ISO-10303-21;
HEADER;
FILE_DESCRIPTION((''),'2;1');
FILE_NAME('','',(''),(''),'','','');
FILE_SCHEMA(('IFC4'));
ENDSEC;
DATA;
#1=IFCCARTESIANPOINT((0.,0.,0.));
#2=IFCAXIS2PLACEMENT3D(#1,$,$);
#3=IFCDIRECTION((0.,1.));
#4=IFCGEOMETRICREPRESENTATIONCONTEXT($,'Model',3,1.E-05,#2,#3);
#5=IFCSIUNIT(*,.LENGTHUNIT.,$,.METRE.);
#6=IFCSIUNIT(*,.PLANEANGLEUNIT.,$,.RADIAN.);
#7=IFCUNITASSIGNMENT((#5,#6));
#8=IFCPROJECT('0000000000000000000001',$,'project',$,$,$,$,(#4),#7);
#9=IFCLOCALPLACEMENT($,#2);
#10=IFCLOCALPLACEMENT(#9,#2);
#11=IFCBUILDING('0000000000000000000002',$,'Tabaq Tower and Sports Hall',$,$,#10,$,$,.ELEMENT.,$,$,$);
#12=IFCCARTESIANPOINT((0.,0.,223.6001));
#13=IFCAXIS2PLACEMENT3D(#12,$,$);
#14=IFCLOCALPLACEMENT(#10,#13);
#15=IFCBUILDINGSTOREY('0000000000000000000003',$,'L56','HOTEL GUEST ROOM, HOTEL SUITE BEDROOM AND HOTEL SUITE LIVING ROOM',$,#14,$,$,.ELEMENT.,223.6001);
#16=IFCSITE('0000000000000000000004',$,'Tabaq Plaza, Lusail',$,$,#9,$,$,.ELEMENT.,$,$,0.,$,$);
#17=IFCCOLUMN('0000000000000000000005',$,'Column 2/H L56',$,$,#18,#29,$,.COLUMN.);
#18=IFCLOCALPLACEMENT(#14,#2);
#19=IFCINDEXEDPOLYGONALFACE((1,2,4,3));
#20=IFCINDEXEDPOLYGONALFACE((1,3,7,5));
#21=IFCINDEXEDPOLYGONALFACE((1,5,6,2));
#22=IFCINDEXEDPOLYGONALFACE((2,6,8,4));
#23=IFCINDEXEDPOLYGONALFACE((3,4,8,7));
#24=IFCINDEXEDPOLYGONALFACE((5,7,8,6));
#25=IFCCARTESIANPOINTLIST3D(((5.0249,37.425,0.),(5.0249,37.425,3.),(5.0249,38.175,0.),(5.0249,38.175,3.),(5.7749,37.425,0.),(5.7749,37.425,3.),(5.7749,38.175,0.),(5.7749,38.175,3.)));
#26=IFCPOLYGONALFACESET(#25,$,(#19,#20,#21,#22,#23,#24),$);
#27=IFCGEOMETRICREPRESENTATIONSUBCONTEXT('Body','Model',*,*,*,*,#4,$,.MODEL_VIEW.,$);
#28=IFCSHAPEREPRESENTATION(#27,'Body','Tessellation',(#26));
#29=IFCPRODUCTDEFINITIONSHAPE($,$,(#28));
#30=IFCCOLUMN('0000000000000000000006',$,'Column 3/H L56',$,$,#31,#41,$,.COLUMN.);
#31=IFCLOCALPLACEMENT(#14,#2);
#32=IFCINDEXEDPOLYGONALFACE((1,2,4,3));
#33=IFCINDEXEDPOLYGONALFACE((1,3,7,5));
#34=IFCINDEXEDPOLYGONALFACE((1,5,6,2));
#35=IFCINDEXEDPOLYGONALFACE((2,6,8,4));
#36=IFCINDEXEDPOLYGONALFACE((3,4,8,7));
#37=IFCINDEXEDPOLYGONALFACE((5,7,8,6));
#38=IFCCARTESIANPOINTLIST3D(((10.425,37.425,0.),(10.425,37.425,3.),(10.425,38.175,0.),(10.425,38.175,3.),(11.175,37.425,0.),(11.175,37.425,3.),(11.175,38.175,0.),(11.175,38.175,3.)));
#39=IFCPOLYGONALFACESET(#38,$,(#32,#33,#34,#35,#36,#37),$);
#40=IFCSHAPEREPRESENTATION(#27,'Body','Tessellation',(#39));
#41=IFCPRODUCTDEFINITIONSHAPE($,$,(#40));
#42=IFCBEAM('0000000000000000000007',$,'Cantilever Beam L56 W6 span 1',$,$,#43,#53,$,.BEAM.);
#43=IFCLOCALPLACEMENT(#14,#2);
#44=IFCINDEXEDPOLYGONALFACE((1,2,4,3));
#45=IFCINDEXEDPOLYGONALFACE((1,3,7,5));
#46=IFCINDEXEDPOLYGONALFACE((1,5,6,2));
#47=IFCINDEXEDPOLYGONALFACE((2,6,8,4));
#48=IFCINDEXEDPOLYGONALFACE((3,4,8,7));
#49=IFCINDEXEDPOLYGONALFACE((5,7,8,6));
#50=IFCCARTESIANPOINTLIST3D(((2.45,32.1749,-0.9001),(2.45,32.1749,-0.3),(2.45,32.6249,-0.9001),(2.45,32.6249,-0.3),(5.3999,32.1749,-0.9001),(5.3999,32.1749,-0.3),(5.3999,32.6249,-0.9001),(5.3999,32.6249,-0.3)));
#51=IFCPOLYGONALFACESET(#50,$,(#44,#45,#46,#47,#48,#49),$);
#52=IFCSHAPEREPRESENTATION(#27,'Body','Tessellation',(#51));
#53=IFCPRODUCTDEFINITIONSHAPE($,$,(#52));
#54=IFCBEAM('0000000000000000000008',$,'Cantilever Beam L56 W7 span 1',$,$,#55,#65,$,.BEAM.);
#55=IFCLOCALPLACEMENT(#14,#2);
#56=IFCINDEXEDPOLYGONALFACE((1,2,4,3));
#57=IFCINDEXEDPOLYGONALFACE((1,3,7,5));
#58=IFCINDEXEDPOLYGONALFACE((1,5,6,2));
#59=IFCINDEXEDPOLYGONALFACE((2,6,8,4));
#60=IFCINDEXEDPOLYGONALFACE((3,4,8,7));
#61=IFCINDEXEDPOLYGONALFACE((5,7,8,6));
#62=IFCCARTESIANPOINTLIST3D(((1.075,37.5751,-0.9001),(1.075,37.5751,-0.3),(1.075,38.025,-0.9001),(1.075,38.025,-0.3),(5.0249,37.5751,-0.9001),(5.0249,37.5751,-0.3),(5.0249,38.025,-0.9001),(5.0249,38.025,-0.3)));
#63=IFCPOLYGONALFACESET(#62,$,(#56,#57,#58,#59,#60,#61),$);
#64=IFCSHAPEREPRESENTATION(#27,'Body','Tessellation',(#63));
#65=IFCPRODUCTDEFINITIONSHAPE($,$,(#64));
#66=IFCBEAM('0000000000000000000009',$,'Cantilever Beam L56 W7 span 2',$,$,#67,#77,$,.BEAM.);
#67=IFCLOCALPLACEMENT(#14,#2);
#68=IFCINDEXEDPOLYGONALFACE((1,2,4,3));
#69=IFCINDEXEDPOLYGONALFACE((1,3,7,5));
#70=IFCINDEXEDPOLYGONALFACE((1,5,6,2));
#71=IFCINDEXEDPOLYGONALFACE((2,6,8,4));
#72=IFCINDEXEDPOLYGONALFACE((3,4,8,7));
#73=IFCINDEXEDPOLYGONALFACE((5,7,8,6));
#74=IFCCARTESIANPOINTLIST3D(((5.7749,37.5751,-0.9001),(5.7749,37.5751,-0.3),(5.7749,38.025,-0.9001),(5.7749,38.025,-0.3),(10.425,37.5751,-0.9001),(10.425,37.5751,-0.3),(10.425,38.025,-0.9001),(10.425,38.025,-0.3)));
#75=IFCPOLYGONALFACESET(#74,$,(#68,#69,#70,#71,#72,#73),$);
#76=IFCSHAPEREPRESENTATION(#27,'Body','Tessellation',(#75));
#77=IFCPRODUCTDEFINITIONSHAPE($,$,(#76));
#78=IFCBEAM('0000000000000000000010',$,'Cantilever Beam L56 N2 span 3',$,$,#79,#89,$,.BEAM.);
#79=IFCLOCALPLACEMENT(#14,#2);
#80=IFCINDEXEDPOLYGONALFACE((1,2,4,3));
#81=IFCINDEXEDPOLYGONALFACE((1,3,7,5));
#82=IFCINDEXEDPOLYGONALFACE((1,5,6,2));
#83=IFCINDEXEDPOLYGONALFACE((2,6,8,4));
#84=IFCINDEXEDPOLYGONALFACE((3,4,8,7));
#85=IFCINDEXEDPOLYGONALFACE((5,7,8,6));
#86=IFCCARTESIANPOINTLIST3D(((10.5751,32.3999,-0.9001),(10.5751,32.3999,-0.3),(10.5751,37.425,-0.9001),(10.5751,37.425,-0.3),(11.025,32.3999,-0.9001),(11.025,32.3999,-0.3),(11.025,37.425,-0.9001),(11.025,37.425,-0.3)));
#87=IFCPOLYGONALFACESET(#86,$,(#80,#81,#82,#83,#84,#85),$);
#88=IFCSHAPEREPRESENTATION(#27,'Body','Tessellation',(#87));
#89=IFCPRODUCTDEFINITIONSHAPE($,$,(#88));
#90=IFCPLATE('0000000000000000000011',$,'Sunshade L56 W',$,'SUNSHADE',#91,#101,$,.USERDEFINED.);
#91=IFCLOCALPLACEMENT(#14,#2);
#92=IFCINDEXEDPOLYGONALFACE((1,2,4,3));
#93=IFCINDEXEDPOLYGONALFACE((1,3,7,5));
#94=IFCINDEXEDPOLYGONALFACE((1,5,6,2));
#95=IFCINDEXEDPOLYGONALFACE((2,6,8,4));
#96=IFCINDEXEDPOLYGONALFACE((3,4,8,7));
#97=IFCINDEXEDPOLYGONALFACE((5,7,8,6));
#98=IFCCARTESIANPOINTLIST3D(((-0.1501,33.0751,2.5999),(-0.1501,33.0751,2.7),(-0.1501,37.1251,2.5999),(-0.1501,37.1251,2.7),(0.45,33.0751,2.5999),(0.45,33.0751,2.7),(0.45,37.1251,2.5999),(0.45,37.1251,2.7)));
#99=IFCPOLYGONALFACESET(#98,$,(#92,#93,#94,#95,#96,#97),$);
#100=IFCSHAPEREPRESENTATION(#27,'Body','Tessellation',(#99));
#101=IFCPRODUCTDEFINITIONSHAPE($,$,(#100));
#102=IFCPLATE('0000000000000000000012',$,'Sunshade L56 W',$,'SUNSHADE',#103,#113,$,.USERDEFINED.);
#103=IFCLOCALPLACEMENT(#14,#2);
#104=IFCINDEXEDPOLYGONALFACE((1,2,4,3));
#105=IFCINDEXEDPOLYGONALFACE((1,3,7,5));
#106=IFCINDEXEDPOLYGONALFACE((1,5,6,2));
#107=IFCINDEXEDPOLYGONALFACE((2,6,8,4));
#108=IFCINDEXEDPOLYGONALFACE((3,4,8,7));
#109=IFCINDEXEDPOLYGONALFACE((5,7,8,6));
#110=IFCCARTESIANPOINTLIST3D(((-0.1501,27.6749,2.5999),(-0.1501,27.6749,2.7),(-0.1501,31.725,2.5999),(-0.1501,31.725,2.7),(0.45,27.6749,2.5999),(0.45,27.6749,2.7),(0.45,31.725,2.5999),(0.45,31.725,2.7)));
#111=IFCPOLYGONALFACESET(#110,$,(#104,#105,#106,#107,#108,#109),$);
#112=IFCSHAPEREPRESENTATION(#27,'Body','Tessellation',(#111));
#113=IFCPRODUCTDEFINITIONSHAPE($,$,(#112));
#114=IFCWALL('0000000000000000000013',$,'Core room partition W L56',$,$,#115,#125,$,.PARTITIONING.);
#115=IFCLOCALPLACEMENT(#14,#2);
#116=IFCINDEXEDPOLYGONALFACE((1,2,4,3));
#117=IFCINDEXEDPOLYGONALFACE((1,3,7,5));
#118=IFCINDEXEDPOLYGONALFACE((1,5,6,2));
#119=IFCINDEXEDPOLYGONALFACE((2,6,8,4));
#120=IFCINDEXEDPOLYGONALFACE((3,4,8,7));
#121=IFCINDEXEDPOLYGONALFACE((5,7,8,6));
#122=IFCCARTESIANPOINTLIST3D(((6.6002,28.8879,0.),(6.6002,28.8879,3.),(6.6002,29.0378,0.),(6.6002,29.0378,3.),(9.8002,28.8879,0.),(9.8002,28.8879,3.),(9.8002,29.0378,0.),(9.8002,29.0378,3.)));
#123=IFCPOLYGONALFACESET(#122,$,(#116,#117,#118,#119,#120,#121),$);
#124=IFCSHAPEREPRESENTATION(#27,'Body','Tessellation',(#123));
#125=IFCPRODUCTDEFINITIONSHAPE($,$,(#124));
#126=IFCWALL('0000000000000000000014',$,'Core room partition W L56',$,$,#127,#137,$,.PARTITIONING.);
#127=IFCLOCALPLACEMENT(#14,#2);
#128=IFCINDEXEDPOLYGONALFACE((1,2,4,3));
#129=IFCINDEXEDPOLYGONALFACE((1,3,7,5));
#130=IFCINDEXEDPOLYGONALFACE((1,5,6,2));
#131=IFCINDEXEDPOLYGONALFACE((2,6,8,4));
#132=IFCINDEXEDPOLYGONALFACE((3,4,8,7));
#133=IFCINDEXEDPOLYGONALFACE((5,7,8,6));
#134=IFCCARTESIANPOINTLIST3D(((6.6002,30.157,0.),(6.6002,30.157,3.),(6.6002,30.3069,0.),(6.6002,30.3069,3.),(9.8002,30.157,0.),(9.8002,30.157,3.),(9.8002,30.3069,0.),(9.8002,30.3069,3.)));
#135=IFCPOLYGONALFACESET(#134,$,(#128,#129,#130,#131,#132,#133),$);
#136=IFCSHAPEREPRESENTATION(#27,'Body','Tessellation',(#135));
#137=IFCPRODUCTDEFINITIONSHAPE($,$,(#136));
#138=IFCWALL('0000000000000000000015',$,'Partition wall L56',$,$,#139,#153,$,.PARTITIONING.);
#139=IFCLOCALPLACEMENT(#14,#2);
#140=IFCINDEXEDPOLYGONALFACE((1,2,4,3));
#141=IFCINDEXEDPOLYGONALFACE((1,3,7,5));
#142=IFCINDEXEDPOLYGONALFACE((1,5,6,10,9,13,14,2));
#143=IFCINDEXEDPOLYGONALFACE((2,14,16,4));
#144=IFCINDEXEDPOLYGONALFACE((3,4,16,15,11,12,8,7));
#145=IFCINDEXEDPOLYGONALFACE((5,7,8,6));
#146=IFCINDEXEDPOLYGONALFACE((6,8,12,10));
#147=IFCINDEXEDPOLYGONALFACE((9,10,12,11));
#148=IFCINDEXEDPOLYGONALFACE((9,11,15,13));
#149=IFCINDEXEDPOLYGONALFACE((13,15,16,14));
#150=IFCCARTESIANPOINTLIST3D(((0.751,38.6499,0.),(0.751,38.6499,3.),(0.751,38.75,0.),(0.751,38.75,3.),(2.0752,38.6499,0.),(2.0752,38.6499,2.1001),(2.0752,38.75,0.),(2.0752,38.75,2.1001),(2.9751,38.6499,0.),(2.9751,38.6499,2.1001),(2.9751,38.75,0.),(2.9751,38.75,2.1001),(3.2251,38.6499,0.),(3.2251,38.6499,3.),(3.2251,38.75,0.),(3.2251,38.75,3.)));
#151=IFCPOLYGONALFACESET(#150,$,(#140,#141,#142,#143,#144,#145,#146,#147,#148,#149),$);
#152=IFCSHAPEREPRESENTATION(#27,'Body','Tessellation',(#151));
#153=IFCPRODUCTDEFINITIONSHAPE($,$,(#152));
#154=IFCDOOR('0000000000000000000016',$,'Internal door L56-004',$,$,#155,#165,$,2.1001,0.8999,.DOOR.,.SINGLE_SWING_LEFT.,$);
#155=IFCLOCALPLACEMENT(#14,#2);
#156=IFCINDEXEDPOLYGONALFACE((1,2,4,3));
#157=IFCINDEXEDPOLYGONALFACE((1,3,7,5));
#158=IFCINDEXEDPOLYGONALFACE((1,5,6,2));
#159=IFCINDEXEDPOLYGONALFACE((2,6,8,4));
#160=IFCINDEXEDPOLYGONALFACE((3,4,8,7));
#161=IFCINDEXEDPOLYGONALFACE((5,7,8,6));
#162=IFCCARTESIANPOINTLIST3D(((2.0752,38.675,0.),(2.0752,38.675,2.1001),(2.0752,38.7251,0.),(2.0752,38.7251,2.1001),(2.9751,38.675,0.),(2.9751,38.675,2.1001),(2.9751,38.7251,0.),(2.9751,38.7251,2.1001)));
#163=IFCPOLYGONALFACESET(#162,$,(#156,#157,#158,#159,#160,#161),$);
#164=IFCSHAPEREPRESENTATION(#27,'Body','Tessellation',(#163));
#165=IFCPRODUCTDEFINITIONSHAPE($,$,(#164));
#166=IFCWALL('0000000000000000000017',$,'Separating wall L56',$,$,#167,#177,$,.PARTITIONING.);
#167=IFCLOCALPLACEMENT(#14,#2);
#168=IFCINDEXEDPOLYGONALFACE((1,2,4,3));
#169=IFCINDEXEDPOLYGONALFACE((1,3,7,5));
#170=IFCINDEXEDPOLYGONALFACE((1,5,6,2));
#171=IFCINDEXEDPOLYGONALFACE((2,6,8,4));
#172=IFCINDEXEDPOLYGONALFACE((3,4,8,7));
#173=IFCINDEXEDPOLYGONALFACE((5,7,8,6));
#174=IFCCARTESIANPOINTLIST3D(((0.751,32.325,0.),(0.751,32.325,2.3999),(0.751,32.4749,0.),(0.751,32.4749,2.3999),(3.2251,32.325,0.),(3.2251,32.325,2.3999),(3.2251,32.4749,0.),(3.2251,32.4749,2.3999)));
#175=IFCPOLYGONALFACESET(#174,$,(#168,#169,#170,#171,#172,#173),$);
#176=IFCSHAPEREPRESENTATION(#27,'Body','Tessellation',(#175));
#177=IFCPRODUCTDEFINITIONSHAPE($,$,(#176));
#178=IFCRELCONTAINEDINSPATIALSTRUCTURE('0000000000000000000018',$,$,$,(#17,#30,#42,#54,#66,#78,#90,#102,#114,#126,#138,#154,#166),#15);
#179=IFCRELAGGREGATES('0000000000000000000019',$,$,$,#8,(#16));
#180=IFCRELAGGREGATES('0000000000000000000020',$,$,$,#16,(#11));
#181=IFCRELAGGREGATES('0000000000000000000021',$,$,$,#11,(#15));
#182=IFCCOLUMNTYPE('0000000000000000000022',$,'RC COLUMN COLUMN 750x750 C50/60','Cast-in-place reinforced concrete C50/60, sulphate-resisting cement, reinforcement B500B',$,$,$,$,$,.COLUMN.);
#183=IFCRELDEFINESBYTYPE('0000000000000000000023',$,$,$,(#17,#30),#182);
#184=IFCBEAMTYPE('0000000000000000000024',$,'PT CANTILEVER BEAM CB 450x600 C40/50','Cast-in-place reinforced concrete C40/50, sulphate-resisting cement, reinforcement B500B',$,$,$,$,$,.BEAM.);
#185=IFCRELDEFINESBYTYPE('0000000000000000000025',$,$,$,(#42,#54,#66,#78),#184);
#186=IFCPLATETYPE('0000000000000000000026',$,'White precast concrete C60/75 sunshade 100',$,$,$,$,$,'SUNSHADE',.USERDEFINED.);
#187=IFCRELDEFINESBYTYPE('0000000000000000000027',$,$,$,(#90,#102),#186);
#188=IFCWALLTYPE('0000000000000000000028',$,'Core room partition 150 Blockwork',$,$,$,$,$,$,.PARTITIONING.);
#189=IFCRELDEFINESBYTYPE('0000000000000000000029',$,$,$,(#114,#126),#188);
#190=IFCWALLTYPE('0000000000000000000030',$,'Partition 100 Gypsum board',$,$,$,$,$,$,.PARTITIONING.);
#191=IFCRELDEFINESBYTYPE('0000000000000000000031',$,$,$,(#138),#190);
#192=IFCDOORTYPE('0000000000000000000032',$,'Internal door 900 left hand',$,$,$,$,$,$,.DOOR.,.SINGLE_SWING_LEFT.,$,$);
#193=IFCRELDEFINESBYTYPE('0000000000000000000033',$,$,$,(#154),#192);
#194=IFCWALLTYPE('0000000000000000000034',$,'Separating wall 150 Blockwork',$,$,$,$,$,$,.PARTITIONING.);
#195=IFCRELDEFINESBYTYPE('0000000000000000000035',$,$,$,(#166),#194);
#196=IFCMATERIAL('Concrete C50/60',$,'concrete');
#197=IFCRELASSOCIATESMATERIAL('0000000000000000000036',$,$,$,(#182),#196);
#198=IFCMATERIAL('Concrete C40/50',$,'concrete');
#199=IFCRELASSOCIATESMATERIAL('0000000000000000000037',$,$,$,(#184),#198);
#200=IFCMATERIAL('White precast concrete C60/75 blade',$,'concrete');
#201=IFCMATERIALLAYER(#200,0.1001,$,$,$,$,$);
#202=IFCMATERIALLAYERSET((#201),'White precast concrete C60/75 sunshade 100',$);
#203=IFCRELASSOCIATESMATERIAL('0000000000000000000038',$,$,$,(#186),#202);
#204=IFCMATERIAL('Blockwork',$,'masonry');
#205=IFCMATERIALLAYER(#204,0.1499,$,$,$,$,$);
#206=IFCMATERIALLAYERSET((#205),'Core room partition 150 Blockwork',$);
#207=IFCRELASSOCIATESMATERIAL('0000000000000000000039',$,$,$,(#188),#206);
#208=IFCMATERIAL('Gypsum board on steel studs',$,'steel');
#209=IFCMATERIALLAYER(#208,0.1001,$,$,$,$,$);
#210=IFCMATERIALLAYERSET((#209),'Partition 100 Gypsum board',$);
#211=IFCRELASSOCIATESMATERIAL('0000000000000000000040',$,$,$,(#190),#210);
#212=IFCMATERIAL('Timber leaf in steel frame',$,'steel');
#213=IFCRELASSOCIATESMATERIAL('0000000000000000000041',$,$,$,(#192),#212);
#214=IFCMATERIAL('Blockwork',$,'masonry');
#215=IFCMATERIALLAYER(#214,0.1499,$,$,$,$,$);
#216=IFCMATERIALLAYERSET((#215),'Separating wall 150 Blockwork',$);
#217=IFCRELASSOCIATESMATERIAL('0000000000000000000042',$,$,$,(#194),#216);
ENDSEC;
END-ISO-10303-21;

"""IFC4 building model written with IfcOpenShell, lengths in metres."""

from ifc_helpers import new_model, si_unit, direction, frame, frame_2d, origin, origin_2d, place, context, subcontext, project, spatial, rectangle, extrude, material, layer, layer_set, material_profile, profile_set, type_object, element, fill, save


model = new_model("IFC4")

# Units and contexts
model_context = context("Model", 3, precision=1e-05, world=origin(), true_north=direction((0.0, 1.0)))
body_context = subcontext(model_context, "Body", "Model", "MODEL_VIEW")
ifc_project = project(units=[si_unit("LENGTHUNIT", "METRE"), si_unit("PLANEANGLEUNIT", "RADIAN")], contexts=[model_context])

# Site, building, storey
site_placement = place(None, origin())
site = spatial("IfcSite", under=ifc_project, at=site_placement, Name="Tabaq Plaza, Lusail", CompositionType="ELEMENT", RefElevation=0.0)
building_placement = place(site_placement, origin())
building = spatial("IfcBuilding", under=site, at=building_placement, Name="Tabaq Tower and Sports Hall", CompositionType="ELEMENT")
storey_placement = place(building_placement, frame((0.0, 0.0, 223.6001)))
storey = spatial("IfcBuildingStorey", under=building, at=storey_placement, Name="L56", Description="HOTEL GUEST ROOM, HOTEL SUITE BEDROOM AND HOTEL SUITE LIVING ROOM", CompositionType="ELEMENT", Elevation=223.6001)

# Columns
ifc_material_1 = material(Name="Concrete C50/60", Category="concrete")
ifc_material_profile_1 = material_profile(ifc_material_1, rectangle(XDim=0.75, YDim=0.75, at=origin_2d()), Name="COLUMN 750x750")
ifc_profile_set_1 = profile_set([ifc_material_profile_1], Name="Concrete C50/60")
column_type = type_object("IfcColumnType", Name="RC COLUMN COLUMN 750x750 C50/60", Description="Cast-in-place reinforced concrete C50/60, sulphate-resisting cement, reinforcement B500B", PredefinedType="COLUMN", material=ifc_profile_set_1)
for number, where, z_axis, x_axis, name in (
    (1, (5.3999, 37.8, 0.0), (0.0, 0.0, 1.0), (1.0, 0.0, 0.0), "Column 2/H L56"),
    (2, (10.8, 37.8, 0.0), (0.0, 0.0, 1.0), (1.0, 0.0, 0.0), "Column 3/H L56"),
):
    element("IfcColumn", number, at=place(storey_placement, frame(where, z_axis=z_axis, x_axis=x_axis)), inside=storey, type_object=column_type, Name=name, PredefinedType="COLUMN", context=body_context, shape_type="SweptSolid", body=[
        extrude(rectangle(XDim=0.75, YDim=0.75, at=origin_2d()), origin(), (0.0, 0.0, 1.0), 3.0),
    ])

# Beams
ifc_material_2 = material(Name="Concrete C40/50", Category="concrete")
ifc_material_profile_2 = material_profile(ifc_material_2, rectangle(XDim=0.45, YDim=0.6001, at=origin_2d()), Name="CB 450x600")
ifc_profile_set_2 = profile_set([ifc_material_profile_2], Name="Concrete C40/50")
beam_type = type_object("IfcBeamType", Name="PT CANTILEVER BEAM CB 450x600 C40/50", Description="Cast-in-place reinforced concrete C40/50, sulphate-resisting cement, reinforcement B500B", PredefinedType="BEAM", material=ifc_profile_set_2)
beam_1_placement = place(storey_placement, frame((2.45, 32.3999, -0.6001), z_axis=(1.0, 0.0, 0.0), x_axis=(0.0, 1.0, 0.0)))
element("IfcBeam", 3, at=beam_1_placement, inside=storey, type_object=beam_type, Name="Cantilever Beam L56 W6 span 1", PredefinedType="BEAM", context=body_context, shape_type="SweptSolid", body=[
    extrude(rectangle(XDim=0.45, YDim=0.6001, at=origin_2d()), origin(), (0.0, 0.0, 1.0), 2.95),
])
beam_2_placement = place(storey_placement, frame((1.075, 37.8, -0.6001), z_axis=(1.0, 0.0, 0.0), x_axis=(0.0, 1.0, 0.0)))
element("IfcBeam", 4, at=beam_2_placement, inside=storey, type_object=beam_type, Name="Cantilever Beam L56 W7 span 1", PredefinedType="BEAM", context=body_context, shape_type="SweptSolid", body=[
    extrude(rectangle(XDim=0.45, YDim=0.6001, at=origin_2d()), origin(), (0.0, 0.0, 1.0), 3.95),
])
beam_3_placement = place(storey_placement, frame((5.7749, 37.8, -0.6001), z_axis=(1.0, 0.0, 0.0), x_axis=(0.0, 1.0, 0.0)))
element("IfcBeam", 5, at=beam_3_placement, inside=storey, type_object=beam_type, Name="Cantilever Beam L56 W7 span 2", PredefinedType="BEAM", context=body_context, shape_type="SweptSolid", body=[
    extrude(rectangle(XDim=0.45, YDim=0.6001, at=origin_2d()), origin(), (0.0, 0.0, 1.0), 4.6501),
])
beam_4_placement = place(storey_placement, frame((10.8, 37.425, -0.6001), z_axis=(0.0, -1.0, 0.0), x_axis=(1.0, 0.0, 0.0)))
element("IfcBeam", 6, at=beam_4_placement, inside=storey, type_object=beam_type, Name="Cantilever Beam L56 N2 span 3", PredefinedType="BEAM", context=body_context, shape_type="SweptSolid", body=[
    extrude(rectangle(XDim=0.45, YDim=0.6001, at=origin_2d()), origin(), (0.0, 0.0, 1.0), 5.0251),
])

# Plates
ifc_material_3 = material(Name="White precast concrete C60/75 blade", Category="concrete")
ifc_layer_1 = layer(ifc_material_3, 0.1001)
ifc_layer_set_1 = layer_set([ifc_layer_1], Name="White precast concrete C60/75 sunshade 100")
plate_type = type_object("IfcPlateType", Name="White precast concrete C60/75 sunshade 100", ElementType="SUNSHADE", PredefinedType="USERDEFINED", material=ifc_layer_set_1)
for number, where, z_axis, x_axis, name in (
    (7, (0.1499, 35.1001, 2.5999), (0.0, 0.0, 1.0), (0.0, -1.0, 0.0), "Sunshade L56 W"),
    (8, (0.1499, 29.7, 2.5999), (0.0, 0.0, 1.0), (0.0, -1.0, 0.0), "Sunshade L56 W"),
):
    element("IfcPlate", number, at=place(storey_placement, frame(where, z_axis=z_axis, x_axis=x_axis)), inside=storey, type_object=plate_type, Name=name, ObjectType="SUNSHADE", PredefinedType="USERDEFINED", context=body_context, shape_type="SweptSolid", body=[
        extrude(rectangle(XDim=4.05, YDim=0.6001, at=origin_2d()), origin(), (0.0, 0.0, 1.0), 0.1001),
    ])

# Walls
ifc_material_4 = material(Name="Blockwork", Category="masonry")
ifc_layer_2 = layer(ifc_material_4, 0.1499)
ifc_layer_set_2 = layer_set([ifc_layer_2], Name="Core room partition 150 Blockwork")
wall_type_1 = type_object("IfcWallType", Name="Core room partition 150 Blockwork", PredefinedType="PARTITIONING", material=ifc_layer_set_2)
for number, where, z_axis, x_axis, name in (
    (9, (6.6001, 28.9629, 0.0), (0.0, 0.0, 1.0), (1.0, 0.0, 0.0), "Core room partition W L56"),
    (10, (6.6001, 30.2319, 0.0), (0.0, 0.0, 1.0), (1.0, 0.0, 0.0), "Core room partition W L56"),
):
    element("IfcWall", number, at=place(storey_placement, frame(where, z_axis=z_axis, x_axis=x_axis)), inside=storey, type_object=wall_type_1, Name=name, PredefinedType="PARTITIONING", context=body_context, shape_type="SweptSolid", body=[
        extrude(rectangle(XDim=3.2, YDim=0.1499, at=frame_2d((1.6001, 0.0))), origin(), (0.0, 0.0, 1.0), 3.0),
    ])

# Wall, opening, door
ifc_material_5 = material(Name="Gypsum board on steel studs", Category="steel")
ifc_layer_3 = layer(ifc_material_5, 0.1001)
ifc_layer_set_3 = layer_set([ifc_layer_3], Name="Partition 100 Gypsum board")
wall_type_2 = type_object("IfcWallType", Name="Partition 100 Gypsum board", PredefinedType="PARTITIONING", material=ifc_layer_set_3)
wall_1_placement = place(storey_placement, frame((3.2251, 38.7, 0.0), z_axis=(0.0, 0.0, 1.0), x_axis=(-1.0, 0.0, 0.0)))
wall_1 = element("IfcWall", 11, at=wall_1_placement, inside=storey, type_object=wall_type_2, Name="Partition wall L56", PredefinedType="PARTITIONING", context=body_context, shape_type="SweptSolid", body=[
    extrude(rectangle(XDim=2.4741, YDim=0.1001, at=frame_2d((1.2371, 0.0))), origin(), (0.0, 0.0, 1.0), 3.0),
])
opening_1_placement = place(wall_1_placement, frame((0.25, 0.0, 0.0)))
opening_1 = element("IfcOpeningElement", 12, at=opening_1_placement, cuts=wall_1, PredefinedType="OPENING", context=body_context, shape_type="SweptSolid", body=[
    extrude(rectangle(XDim=0.8999, YDim=2.1001, at=frame_2d((0.45, 1.05))), frame((0.0, 0.05, 0.0), z_axis=(0.0, -1.0, 0.0), x_axis=(1.0, 0.0, 0.0)), (0.0, 0.0, 1.0), 0.1001),
])
ifc_material_6 = material(Name="Timber leaf in steel frame", Category="steel")
door_type_1 = type_object("IfcDoorType", Name="Internal door 900 left hand", OperationType="SINGLE_SWING_LEFT", PredefinedType="DOOR", material=ifc_material_6)
door_1_placement = place(opening_1_placement, origin())
door_1 = element("IfcDoor", 13, at=door_1_placement, inside=storey, type_object=door_type_1, Name="Internal door L56-004", OperationType="SINGLE_SWING_LEFT", OverallHeight=2.1001, OverallWidth=0.8999, PredefinedType="DOOR", context=body_context, shape_type="SweptSolid", body=[
    extrude(rectangle(XDim=0.8999, YDim=2.1001, at=frame_2d((0.45, 1.05))), frame((0.0, 0.0249, 0.0), z_axis=(0.0, -1.0, 0.0), x_axis=(1.0, 0.0, 0.0)), (0.0, 0.0, 1.0), 0.05),
])
fill(opening_1, door_1)

# Wall
ifc_material_7 = material(Name="Blockwork", Category="masonry")
ifc_layer_4 = layer(ifc_material_7, 0.1499)
ifc_layer_set_4 = layer_set([ifc_layer_4], Name="Separating wall 150 Blockwork")
wall_type_3 = type_object("IfcWallType", Name="Separating wall 150 Blockwork", PredefinedType="PARTITIONING", material=ifc_layer_set_4)
wall_2_placement = place(storey_placement, frame((0.751, 32.3999, 0.0), z_axis=(0.0, 0.0, 1.0), x_axis=(1.0, 0.0, 0.0)))
element("IfcWall", 14, at=wall_2_placement, inside=storey, type_object=wall_type_3, Name="Separating wall L56", PredefinedType="PARTITIONING", context=body_context, shape_type="SweptSolid", body=[
    extrude(rectangle(XDim=2.4741, YDim=0.1499, at=frame_2d((1.2371, 0.0))), origin(), (0.0, 0.0, 1.0), 2.3999),
])

save(model, "model.ifc")
